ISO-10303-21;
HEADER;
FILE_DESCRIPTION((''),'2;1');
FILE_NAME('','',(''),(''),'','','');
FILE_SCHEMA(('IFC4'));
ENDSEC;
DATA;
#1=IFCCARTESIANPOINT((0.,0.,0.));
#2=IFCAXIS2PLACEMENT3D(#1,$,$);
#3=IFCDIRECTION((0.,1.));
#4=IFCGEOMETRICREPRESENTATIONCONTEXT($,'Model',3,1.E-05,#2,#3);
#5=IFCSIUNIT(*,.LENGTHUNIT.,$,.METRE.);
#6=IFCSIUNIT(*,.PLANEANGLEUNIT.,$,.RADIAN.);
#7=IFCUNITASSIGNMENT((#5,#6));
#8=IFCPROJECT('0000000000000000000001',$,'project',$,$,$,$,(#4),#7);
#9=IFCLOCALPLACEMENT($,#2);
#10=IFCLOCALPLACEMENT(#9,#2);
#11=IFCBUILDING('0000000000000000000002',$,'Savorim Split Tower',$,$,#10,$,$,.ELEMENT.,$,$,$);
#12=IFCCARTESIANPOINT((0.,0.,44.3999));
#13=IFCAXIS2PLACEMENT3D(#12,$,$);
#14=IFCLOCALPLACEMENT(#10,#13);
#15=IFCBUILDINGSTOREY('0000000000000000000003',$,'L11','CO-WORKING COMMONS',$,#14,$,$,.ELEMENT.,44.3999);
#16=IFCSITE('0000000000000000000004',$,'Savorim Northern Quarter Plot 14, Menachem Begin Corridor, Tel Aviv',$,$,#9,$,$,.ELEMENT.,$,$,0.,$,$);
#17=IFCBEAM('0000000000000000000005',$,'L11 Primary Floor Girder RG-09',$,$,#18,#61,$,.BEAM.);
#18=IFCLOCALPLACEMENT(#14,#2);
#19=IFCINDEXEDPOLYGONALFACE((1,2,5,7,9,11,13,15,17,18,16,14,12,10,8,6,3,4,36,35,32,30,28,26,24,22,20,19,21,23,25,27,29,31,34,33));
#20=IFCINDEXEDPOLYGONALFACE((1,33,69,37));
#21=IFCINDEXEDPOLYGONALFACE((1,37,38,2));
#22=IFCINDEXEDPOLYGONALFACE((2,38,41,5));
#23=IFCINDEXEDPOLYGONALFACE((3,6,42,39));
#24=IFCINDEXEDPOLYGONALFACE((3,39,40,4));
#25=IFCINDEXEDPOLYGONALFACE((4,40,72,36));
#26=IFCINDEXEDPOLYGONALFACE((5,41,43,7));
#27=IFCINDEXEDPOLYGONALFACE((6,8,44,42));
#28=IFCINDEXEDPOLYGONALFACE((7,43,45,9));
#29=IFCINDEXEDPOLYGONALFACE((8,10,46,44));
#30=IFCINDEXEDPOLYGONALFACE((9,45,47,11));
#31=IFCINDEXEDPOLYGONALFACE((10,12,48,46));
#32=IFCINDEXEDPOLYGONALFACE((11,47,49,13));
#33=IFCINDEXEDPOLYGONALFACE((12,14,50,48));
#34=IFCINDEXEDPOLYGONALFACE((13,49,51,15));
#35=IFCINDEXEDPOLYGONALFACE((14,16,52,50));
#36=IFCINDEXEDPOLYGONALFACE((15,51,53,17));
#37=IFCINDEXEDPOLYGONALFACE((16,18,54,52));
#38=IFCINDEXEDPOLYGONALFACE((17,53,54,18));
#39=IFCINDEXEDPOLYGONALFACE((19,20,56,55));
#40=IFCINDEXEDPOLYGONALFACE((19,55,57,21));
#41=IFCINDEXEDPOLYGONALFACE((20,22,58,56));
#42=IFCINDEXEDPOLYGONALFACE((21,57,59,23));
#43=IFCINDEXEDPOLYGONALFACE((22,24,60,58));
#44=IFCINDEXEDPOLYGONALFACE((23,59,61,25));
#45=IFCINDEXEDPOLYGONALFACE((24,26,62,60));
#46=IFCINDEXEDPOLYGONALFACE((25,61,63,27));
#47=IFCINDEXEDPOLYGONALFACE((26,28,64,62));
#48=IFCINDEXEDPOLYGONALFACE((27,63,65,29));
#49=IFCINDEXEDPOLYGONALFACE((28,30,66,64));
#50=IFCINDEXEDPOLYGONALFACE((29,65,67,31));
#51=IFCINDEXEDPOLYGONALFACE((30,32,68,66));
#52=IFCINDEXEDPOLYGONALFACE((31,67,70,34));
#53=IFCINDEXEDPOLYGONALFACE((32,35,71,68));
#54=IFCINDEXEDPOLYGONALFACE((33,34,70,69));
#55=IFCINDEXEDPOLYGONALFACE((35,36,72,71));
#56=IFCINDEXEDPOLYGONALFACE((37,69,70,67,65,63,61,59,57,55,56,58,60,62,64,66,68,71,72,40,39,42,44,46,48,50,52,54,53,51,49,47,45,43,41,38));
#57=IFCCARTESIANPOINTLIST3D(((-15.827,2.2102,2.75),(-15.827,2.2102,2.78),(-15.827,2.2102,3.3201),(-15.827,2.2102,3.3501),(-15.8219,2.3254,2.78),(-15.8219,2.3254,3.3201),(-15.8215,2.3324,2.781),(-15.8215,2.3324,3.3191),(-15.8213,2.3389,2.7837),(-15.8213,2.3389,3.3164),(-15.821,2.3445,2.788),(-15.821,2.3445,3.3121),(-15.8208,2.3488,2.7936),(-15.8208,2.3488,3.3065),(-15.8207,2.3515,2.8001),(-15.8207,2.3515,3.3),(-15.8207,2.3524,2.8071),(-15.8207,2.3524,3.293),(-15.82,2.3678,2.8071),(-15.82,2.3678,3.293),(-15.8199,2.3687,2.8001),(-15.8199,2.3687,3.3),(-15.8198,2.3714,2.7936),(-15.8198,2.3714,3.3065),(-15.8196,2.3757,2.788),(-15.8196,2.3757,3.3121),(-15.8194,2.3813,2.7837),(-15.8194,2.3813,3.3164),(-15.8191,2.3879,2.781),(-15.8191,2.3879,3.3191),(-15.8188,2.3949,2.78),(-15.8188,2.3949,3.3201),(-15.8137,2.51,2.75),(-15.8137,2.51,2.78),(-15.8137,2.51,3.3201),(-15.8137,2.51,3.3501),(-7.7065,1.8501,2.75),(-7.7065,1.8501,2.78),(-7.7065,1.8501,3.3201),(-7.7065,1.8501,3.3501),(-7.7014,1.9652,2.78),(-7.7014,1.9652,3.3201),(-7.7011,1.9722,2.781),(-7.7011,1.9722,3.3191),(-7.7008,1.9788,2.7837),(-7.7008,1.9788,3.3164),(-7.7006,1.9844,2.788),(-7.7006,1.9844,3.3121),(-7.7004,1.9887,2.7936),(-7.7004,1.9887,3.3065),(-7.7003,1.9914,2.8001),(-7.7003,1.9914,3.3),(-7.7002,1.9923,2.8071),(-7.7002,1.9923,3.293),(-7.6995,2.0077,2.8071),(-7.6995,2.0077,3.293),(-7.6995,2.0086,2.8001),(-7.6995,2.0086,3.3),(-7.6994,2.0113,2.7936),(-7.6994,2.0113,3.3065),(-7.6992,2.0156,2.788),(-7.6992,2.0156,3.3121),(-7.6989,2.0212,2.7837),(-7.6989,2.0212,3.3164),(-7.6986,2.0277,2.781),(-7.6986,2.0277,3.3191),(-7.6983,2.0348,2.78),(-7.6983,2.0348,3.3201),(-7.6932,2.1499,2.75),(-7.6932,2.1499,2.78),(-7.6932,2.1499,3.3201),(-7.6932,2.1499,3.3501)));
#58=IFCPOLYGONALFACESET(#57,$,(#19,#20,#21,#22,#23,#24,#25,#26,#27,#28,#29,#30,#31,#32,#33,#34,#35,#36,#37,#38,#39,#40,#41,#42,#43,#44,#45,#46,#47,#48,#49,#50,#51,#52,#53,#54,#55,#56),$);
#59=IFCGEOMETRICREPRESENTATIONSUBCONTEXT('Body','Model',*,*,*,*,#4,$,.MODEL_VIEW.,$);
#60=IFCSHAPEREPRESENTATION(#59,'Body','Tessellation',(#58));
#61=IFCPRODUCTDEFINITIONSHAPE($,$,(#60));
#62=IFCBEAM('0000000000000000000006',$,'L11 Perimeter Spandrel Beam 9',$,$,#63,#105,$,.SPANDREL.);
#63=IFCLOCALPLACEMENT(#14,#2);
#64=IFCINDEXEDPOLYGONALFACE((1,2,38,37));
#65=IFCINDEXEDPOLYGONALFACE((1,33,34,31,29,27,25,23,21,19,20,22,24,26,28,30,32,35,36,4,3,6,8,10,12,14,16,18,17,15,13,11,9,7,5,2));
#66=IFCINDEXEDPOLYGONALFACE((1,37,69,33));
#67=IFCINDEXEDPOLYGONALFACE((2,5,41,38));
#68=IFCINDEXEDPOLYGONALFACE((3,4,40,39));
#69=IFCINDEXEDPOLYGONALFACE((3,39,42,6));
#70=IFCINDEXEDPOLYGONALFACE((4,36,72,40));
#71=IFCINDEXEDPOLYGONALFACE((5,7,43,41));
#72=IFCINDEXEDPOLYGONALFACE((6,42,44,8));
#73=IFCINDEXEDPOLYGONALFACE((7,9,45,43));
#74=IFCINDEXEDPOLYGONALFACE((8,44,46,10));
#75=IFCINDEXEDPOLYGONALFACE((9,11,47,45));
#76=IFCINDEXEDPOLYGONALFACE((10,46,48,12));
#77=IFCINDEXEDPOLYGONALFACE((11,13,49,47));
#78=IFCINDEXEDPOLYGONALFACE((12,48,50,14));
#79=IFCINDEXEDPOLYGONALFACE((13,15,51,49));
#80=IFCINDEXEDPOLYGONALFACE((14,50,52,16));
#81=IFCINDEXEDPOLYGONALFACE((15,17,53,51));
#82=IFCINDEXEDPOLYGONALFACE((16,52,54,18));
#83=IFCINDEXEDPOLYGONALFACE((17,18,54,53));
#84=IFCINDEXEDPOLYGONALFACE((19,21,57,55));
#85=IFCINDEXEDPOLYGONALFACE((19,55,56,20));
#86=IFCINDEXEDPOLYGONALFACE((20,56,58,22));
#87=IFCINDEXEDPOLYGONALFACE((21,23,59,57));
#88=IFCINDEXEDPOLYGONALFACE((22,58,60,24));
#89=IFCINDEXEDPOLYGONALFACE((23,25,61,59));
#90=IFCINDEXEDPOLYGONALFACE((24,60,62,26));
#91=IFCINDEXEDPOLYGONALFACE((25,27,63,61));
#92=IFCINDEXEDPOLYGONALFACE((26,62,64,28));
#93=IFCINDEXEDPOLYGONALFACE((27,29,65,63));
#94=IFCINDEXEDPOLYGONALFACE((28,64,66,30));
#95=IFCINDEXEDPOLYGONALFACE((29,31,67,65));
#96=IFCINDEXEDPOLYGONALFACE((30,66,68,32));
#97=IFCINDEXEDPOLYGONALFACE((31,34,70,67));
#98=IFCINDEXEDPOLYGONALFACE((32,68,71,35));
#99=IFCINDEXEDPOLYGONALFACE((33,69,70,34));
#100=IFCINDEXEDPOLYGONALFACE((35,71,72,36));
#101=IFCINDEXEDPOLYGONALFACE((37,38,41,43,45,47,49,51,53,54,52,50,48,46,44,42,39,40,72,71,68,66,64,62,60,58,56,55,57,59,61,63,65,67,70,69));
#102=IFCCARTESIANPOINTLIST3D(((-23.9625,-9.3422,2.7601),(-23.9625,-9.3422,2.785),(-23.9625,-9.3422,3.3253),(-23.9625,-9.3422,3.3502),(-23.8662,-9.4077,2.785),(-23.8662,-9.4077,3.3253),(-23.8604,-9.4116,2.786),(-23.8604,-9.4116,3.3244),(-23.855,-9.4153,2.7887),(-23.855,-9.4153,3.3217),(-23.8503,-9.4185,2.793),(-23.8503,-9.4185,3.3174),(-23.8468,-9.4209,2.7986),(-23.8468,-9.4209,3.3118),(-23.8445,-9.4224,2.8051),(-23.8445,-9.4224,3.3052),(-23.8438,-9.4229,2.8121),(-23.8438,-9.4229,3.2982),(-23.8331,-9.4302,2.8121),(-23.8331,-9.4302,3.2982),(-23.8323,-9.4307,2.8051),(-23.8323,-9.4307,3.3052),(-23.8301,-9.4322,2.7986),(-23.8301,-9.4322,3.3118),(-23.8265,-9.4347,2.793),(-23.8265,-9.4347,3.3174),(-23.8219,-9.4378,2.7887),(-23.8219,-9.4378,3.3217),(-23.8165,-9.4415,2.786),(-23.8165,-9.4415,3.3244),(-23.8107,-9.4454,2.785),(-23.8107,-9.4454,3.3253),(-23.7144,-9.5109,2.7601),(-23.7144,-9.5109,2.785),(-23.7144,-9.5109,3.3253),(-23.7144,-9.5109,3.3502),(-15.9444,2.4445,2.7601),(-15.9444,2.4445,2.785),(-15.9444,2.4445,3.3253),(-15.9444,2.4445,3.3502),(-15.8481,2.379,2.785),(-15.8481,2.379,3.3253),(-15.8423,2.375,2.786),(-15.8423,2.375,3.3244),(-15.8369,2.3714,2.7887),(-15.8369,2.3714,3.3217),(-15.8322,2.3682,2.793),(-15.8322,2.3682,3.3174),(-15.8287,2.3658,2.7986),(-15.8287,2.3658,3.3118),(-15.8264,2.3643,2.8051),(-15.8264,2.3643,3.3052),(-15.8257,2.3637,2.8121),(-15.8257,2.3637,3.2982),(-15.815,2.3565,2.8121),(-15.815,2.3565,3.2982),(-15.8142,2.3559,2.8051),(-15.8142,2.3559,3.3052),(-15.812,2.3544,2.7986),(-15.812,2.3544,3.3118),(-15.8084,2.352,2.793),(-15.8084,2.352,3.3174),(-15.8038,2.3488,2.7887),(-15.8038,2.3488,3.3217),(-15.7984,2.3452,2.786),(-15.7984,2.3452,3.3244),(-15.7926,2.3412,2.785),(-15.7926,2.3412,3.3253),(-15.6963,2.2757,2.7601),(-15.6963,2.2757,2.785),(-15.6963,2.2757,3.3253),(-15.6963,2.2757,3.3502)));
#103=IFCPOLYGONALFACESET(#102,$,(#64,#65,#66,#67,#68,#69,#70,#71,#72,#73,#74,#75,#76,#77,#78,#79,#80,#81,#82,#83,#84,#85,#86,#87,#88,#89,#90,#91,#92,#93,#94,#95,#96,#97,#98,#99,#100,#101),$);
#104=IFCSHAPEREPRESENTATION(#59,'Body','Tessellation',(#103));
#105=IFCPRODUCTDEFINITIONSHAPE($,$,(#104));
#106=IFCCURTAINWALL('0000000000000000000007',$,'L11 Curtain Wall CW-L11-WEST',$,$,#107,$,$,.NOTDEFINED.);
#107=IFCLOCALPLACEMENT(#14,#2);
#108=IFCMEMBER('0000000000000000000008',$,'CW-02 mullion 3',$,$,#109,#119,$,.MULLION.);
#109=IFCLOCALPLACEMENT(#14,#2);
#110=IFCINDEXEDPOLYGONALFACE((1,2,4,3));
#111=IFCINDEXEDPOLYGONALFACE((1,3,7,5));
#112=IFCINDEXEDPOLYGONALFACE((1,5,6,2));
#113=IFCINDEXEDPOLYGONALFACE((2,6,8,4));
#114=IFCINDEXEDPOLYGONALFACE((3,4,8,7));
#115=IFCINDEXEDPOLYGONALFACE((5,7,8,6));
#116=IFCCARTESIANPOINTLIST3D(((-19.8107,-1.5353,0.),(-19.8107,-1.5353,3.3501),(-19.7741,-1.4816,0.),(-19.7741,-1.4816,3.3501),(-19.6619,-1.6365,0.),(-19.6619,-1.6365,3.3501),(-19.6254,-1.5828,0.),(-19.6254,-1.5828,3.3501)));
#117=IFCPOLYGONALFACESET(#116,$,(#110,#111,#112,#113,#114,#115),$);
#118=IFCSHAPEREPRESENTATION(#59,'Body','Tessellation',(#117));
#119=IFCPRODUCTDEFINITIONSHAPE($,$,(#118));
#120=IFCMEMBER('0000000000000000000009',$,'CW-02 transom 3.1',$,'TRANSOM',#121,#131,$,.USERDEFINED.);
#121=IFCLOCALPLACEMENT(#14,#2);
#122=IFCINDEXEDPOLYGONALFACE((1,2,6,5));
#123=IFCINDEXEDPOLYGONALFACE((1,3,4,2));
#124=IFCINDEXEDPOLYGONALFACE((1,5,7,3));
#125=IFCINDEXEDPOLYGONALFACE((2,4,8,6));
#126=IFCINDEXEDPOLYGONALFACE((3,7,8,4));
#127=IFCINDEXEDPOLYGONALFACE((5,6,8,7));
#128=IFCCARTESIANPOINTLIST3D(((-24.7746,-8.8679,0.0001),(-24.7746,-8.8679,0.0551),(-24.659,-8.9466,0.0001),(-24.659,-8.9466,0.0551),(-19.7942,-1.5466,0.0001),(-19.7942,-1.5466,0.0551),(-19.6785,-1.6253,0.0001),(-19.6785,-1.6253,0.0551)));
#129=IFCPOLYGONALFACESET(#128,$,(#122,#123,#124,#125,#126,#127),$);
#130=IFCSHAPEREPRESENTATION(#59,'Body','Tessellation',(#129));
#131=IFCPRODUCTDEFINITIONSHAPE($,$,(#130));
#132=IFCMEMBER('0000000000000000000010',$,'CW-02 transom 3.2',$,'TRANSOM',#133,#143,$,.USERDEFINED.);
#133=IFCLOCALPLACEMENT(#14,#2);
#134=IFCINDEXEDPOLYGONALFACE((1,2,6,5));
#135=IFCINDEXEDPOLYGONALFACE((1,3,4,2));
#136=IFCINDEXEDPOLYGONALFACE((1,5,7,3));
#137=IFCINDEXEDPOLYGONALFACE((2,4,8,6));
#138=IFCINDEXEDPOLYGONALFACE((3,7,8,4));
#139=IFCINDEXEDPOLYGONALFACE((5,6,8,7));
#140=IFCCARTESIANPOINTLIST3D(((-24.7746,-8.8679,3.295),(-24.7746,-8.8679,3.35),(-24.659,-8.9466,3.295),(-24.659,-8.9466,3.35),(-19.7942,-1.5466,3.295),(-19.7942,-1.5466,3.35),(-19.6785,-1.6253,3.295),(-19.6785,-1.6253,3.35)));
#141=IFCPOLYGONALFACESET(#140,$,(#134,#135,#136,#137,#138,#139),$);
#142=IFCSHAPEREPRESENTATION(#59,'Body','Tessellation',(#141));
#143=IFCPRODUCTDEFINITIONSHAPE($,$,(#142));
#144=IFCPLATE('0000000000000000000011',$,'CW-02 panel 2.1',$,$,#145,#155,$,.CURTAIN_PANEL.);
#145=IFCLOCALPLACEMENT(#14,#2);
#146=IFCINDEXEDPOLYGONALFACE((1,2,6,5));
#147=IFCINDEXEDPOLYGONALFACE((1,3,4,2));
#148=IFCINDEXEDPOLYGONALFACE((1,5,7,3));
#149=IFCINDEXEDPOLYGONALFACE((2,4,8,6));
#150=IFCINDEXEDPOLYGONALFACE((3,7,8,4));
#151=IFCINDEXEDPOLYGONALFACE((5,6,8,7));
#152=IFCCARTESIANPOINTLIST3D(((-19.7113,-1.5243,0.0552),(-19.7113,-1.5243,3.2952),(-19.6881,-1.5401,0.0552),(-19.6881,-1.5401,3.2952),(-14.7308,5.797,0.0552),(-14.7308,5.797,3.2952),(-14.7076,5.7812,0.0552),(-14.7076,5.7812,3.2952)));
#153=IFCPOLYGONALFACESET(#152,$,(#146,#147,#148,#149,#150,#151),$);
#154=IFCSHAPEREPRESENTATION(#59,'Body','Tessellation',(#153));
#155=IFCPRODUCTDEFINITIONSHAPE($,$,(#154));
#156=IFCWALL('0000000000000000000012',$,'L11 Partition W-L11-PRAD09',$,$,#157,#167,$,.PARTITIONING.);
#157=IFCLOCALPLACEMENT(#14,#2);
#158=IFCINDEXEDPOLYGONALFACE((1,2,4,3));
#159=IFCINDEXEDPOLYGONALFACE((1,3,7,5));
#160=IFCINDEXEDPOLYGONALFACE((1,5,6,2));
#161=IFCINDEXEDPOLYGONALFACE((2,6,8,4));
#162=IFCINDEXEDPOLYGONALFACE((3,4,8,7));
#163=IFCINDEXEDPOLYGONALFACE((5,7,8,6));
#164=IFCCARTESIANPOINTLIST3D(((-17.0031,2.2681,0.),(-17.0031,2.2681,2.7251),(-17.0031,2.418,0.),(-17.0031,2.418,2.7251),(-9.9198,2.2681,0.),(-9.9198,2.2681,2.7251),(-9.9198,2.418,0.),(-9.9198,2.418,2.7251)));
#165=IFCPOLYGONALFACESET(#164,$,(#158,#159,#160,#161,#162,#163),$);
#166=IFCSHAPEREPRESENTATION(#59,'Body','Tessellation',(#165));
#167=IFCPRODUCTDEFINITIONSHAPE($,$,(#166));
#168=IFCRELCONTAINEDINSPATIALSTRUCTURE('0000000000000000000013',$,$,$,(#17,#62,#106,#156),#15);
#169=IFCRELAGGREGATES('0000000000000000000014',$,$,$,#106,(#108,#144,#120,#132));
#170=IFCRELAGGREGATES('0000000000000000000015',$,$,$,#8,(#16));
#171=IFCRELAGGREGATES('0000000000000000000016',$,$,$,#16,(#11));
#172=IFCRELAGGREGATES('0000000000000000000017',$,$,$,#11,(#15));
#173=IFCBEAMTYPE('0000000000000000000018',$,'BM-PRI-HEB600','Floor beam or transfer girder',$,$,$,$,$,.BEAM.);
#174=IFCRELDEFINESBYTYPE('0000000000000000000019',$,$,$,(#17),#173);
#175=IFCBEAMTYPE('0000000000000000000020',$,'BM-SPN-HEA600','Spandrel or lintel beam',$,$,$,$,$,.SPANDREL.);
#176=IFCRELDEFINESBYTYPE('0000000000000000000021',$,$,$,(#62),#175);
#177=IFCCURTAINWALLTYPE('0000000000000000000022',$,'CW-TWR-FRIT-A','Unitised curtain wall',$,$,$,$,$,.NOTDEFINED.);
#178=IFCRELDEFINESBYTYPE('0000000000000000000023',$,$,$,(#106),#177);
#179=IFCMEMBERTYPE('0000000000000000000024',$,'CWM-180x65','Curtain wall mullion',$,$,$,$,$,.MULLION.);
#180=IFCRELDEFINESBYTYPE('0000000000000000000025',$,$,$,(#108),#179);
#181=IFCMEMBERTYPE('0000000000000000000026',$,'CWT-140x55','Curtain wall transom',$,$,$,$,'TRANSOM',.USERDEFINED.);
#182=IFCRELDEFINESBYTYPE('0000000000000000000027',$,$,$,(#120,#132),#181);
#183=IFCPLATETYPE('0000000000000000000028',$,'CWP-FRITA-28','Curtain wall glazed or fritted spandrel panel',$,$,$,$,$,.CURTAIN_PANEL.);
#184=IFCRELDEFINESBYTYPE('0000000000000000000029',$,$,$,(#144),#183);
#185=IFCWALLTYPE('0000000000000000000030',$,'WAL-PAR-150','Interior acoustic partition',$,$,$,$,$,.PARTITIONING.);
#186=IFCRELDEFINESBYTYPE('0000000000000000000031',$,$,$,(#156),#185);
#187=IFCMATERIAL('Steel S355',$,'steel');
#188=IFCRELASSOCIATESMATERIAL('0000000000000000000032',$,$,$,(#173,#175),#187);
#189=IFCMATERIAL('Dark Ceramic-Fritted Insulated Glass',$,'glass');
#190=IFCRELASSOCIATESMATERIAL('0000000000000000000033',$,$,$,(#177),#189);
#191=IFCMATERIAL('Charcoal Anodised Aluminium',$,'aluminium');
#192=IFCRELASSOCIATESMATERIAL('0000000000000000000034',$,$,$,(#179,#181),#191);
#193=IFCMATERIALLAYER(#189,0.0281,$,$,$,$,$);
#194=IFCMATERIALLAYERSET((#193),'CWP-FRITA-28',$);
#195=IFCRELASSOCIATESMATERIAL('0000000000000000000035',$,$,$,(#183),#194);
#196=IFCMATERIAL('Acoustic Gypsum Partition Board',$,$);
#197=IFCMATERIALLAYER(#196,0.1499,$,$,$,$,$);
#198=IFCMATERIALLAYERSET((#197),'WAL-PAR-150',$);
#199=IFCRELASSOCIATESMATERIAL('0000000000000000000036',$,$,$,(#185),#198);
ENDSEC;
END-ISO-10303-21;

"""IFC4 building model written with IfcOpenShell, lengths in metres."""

from ifc_helpers import new_model, si_unit, direction, frame, frame_2d, origin, origin_2d, place, context, subcontext, project, spatial, rectangle, i_section, extrude, material, layer, layer_set, material_profile, profile_set, type_object, element, aggregate, save


model = new_model("IFC4")

# Units and contexts
model_context = context("Model", 3, precision=1e-05, world=origin(), true_north=direction((0.0, 1.0)))
body_context = subcontext(model_context, "Body", "Model", "MODEL_VIEW")
ifc_project = project(units=[si_unit("LENGTHUNIT", "METRE"), si_unit("PLANEANGLEUNIT", "RADIAN")], contexts=[model_context])

# Site, building, storey
site_placement = place(None, origin())
site = spatial("IfcSite", under=ifc_project, at=site_placement, Name="Savorim Northern Quarter Plot 14, Menachem Begin Corridor, Tel Aviv", CompositionType="ELEMENT", RefElevation=0.0)
building_placement = place(site_placement, origin())
building = spatial("IfcBuilding", under=site, at=building_placement, Name="Savorim Split Tower", CompositionType="ELEMENT")
storey_placement = place(building_placement, frame((0.0, 0.0, 44.3999)))
storey = spatial("IfcBuildingStorey", under=building, at=storey_placement, Name="L11", Description="CO-WORKING COMMONS", CompositionType="ELEMENT", Elevation=44.3999)

# Beams
ifc_material_1 = material(Name="Steel S355", Category="steel")
ifc_material_profile_1 = material_profile(ifc_material_1, i_section(OverallWidth=0.3, OverallDepth=0.6001, WebThickness=0.0154, FlangeThickness=0.03, FilletRadius=0.0271, at=origin_2d()), Name="HEB 600")
ifc_profile_set_1 = profile_set([ifc_material_profile_1], Name="Steel S355")
beam_type_1 = type_object("IfcBeamType", Name="BM-PRI-HEB600", Description="Floor beam or transfer girder", PredefinedType="BEAM", material=ifc_profile_set_1)
beam_1_placement = place(storey_placement, frame((-15.8203, 2.3601, 3.05), z_axis=(0.999018, -0.044303, 0.0), x_axis=(0.044303, 0.999018, 0.0)))
element("IfcBeam", 1, at=beam_1_placement, inside=storey, type_object=beam_type_1, Name="L11 Primary Floor Girder RG-09", PredefinedType="BEAM", context=body_context, shape_type="SweptSolid", body=[
    extrude(i_section(OverallWidth=0.3, OverallDepth=0.6001, WebThickness=0.0154, FlangeThickness=0.03, FilletRadius=0.0271, at=origin_2d()), origin(), (0.0, 0.0, 1.0), 8.1284),
])
ifc_material_profile_2 = material_profile(ifc_material_1, i_section(OverallWidth=0.3, OverallDepth=0.5901, WebThickness=0.0129, FlangeThickness=0.0249, FilletRadius=0.0271, at=origin_2d()), Name="HEA 600")
ifc_profile_set_2 = profile_set([ifc_material_profile_2], Name="Steel S355")
beam_type_2 = type_object("IfcBeamType", Name="BM-SPN-HEA600", Description="Spandrel or lintel beam", PredefinedType="SPANDREL", material=ifc_profile_set_2)
beam_2_placement = place(storey_placement, frame((-15.8203, 2.3601, 3.0552), z_axis=(-0.562462, -0.826823, 0.0), x_axis=(0.826823, -0.562462, 0.0)))
element("IfcBeam", 2, at=beam_2_placement, inside=storey, type_object=beam_type_2, Name="L11 Perimeter Spandrel Beam 9", PredefinedType="SPANDREL", context=body_context, shape_type="SweptSolid", body=[
    extrude(i_section(OverallWidth=0.3, OverallDepth=0.5901, WebThickness=0.0129, FlangeThickness=0.0249, FilletRadius=0.0271, at=origin_2d()), origin(), (0.0, 0.0, 1.0), 14.2554),
])

# Curtain wall, members, plate
ifc_material_2 = material(Name="Dark Ceramic-Fritted Insulated Glass", Category="glass")
curtain_wall_type = type_object("IfcCurtainWallType", Name="CW-TWR-FRIT-A", Description="Unitised curtain wall", PredefinedType="NOTDEFINED", material=ifc_material_2)
curtain_wall_placement = place(storey_placement, origin())
curtain_wall = element("IfcCurtainWall", 3, at=curtain_wall_placement, inside=storey, type_object=curtain_wall_type, Name="L11 Curtain Wall CW-L11-WEST", PredefinedType="NOTDEFINED")
ifc_material_3 = material(Name="Charcoal Anodised Aluminium", Category="aluminium")
ifc_material_profile_3 = material_profile(ifc_material_3, rectangle(XDim=0.1799, YDim=0.0649, at=origin_2d()), Name="ALU-M 180x65")
ifc_profile_set_3 = profile_set([ifc_material_profile_3], Name="Charcoal Anodised Aluminium")
member_type_1 = type_object("IfcMemberType", Name="CWM-180x65", Description="Curtain wall mullion", PredefinedType="MULLION", material=ifc_profile_set_3)
member_1_placement = place(storey_placement, frame((-19.718, -1.5591, 0.0), z_axis=(0.0, 0.0, 1.0), x_axis=(0.826821, -0.562465, 0.0)))
member_1 = element("IfcMember", 4, at=member_1_placement, type_object=member_type_1, Name="CW-02 mullion 3", PredefinedType="MULLION", context=body_context, shape_type="SweptSolid", body=[
    extrude(rectangle(XDim=0.1799, YDim=0.0649, at=origin_2d()), origin(), (0.0, 0.0, 1.0), 3.3501),
])
ifc_material_profile_4 = material_profile(ifc_material_3, rectangle(XDim=0.1399, YDim=0.0549, at=origin_2d()), Name="ALU-T 140x55")
ifc_profile_set_4 = profile_set([ifc_material_profile_4], Name="Charcoal Anodised Aluminium")
member_type_2 = type_object("IfcMemberType", Name="CWT-140x55", Description="Curtain wall transom", ElementType="TRANSOM", PredefinedType="USERDEFINED", material=ifc_profile_set_4)
member_2_placement = place(storey_placement, frame((-19.7363, -1.5859, 0.0276), z_axis=(-0.562464, -0.826822, 0.0), x_axis=(0.826822, -0.562464, 0.0)))
member_2 = element("IfcMember", 5, at=member_2_placement, type_object=member_type_2, Name="CW-02 transom 3.1", ObjectType="TRANSOM", PredefinedType="USERDEFINED", context=body_context, shape_type="SweptSolid", body=[
    extrude(rectangle(XDim=0.1399, YDim=0.0549, at=origin_2d()), origin(), (0.0, 0.0, 1.0), 8.8547),
])
member_3_placement = place(storey_placement, frame((-19.7363, -1.5859, 3.3225), z_axis=(-0.562464, -0.826822, 0.0), x_axis=(0.826822, -0.562464, 0.0)))
member_3 = element("IfcMember", 6, at=member_3_placement, type_object=member_type_2, Name="CW-02 transom 3.2", ObjectType="TRANSOM", PredefinedType="USERDEFINED", context=body_context, shape_type="SweptSolid", body=[
    extrude(rectangle(XDim=0.1399, YDim=0.0549, at=origin_2d()), origin(), (0.0, 0.0, 1.0), 8.8547),
])
ifc_layer_1 = layer(ifc_material_2, 0.0281)
ifc_layer_set_1 = layer_set([ifc_layer_1], Name="CWP-FRITA-28")
plate_type = type_object("IfcPlateType", Name="CWP-FRITA-28", Description="Curtain wall glazed or fritted spandrel panel", PredefinedType="CURTAIN_PANEL", material=ifc_layer_set_1)
plate_placement = place(storey_placement, frame((-17.2095, 2.1284, 0.0552), z_axis=(0.0, 0.0, 1.0), x_axis=(-0.562465, -0.826821, 0.0)))
plate = element("IfcPlate", 7, at=plate_placement, type_object=plate_type, Name="CW-02 panel 2.1", PredefinedType="CURTAIN_PANEL", context=body_context, shape_type="SweptSolid", body=[
    extrude(rectangle(XDim=8.8547, YDim=0.0281, at=origin_2d()), origin(), (0.0, 0.0, 1.0), 3.24),
])
aggregate(curtain_wall, [member_1, plate, member_2, member_3])

# Wall
ifc_material_4 = material(Name="Acoustic Gypsum Partition Board")
ifc_layer_2 = layer(ifc_material_4, 0.1499)
ifc_layer_set_2 = layer_set([ifc_layer_2], Name="WAL-PAR-150")
wall_type_1 = type_object("IfcWallType", Name="WAL-PAR-150", Description="Interior acoustic partition", PredefinedType="PARTITIONING", material=ifc_layer_set_2)
wall_1_placement = place(storey_placement, frame((-9.9199, 2.343, 0.0), z_axis=(0.0, 0.0, 1.0), x_axis=(-1.0, 0.0, 0.0)))
element("IfcWall", 8, at=wall_1_placement, inside=storey, type_object=wall_type_1, Name="L11 Partition W-L11-PRAD09", PredefinedType="PARTITIONING", context=body_context, shape_type="SweptSolid", body=[
    extrude(rectangle(XDim=7.0833, YDim=0.1499, at=frame_2d((3.5415, 0.0))), origin(), (0.0, 0.0, 1.0), 2.7251),
])

save(model, "model.ifc")
